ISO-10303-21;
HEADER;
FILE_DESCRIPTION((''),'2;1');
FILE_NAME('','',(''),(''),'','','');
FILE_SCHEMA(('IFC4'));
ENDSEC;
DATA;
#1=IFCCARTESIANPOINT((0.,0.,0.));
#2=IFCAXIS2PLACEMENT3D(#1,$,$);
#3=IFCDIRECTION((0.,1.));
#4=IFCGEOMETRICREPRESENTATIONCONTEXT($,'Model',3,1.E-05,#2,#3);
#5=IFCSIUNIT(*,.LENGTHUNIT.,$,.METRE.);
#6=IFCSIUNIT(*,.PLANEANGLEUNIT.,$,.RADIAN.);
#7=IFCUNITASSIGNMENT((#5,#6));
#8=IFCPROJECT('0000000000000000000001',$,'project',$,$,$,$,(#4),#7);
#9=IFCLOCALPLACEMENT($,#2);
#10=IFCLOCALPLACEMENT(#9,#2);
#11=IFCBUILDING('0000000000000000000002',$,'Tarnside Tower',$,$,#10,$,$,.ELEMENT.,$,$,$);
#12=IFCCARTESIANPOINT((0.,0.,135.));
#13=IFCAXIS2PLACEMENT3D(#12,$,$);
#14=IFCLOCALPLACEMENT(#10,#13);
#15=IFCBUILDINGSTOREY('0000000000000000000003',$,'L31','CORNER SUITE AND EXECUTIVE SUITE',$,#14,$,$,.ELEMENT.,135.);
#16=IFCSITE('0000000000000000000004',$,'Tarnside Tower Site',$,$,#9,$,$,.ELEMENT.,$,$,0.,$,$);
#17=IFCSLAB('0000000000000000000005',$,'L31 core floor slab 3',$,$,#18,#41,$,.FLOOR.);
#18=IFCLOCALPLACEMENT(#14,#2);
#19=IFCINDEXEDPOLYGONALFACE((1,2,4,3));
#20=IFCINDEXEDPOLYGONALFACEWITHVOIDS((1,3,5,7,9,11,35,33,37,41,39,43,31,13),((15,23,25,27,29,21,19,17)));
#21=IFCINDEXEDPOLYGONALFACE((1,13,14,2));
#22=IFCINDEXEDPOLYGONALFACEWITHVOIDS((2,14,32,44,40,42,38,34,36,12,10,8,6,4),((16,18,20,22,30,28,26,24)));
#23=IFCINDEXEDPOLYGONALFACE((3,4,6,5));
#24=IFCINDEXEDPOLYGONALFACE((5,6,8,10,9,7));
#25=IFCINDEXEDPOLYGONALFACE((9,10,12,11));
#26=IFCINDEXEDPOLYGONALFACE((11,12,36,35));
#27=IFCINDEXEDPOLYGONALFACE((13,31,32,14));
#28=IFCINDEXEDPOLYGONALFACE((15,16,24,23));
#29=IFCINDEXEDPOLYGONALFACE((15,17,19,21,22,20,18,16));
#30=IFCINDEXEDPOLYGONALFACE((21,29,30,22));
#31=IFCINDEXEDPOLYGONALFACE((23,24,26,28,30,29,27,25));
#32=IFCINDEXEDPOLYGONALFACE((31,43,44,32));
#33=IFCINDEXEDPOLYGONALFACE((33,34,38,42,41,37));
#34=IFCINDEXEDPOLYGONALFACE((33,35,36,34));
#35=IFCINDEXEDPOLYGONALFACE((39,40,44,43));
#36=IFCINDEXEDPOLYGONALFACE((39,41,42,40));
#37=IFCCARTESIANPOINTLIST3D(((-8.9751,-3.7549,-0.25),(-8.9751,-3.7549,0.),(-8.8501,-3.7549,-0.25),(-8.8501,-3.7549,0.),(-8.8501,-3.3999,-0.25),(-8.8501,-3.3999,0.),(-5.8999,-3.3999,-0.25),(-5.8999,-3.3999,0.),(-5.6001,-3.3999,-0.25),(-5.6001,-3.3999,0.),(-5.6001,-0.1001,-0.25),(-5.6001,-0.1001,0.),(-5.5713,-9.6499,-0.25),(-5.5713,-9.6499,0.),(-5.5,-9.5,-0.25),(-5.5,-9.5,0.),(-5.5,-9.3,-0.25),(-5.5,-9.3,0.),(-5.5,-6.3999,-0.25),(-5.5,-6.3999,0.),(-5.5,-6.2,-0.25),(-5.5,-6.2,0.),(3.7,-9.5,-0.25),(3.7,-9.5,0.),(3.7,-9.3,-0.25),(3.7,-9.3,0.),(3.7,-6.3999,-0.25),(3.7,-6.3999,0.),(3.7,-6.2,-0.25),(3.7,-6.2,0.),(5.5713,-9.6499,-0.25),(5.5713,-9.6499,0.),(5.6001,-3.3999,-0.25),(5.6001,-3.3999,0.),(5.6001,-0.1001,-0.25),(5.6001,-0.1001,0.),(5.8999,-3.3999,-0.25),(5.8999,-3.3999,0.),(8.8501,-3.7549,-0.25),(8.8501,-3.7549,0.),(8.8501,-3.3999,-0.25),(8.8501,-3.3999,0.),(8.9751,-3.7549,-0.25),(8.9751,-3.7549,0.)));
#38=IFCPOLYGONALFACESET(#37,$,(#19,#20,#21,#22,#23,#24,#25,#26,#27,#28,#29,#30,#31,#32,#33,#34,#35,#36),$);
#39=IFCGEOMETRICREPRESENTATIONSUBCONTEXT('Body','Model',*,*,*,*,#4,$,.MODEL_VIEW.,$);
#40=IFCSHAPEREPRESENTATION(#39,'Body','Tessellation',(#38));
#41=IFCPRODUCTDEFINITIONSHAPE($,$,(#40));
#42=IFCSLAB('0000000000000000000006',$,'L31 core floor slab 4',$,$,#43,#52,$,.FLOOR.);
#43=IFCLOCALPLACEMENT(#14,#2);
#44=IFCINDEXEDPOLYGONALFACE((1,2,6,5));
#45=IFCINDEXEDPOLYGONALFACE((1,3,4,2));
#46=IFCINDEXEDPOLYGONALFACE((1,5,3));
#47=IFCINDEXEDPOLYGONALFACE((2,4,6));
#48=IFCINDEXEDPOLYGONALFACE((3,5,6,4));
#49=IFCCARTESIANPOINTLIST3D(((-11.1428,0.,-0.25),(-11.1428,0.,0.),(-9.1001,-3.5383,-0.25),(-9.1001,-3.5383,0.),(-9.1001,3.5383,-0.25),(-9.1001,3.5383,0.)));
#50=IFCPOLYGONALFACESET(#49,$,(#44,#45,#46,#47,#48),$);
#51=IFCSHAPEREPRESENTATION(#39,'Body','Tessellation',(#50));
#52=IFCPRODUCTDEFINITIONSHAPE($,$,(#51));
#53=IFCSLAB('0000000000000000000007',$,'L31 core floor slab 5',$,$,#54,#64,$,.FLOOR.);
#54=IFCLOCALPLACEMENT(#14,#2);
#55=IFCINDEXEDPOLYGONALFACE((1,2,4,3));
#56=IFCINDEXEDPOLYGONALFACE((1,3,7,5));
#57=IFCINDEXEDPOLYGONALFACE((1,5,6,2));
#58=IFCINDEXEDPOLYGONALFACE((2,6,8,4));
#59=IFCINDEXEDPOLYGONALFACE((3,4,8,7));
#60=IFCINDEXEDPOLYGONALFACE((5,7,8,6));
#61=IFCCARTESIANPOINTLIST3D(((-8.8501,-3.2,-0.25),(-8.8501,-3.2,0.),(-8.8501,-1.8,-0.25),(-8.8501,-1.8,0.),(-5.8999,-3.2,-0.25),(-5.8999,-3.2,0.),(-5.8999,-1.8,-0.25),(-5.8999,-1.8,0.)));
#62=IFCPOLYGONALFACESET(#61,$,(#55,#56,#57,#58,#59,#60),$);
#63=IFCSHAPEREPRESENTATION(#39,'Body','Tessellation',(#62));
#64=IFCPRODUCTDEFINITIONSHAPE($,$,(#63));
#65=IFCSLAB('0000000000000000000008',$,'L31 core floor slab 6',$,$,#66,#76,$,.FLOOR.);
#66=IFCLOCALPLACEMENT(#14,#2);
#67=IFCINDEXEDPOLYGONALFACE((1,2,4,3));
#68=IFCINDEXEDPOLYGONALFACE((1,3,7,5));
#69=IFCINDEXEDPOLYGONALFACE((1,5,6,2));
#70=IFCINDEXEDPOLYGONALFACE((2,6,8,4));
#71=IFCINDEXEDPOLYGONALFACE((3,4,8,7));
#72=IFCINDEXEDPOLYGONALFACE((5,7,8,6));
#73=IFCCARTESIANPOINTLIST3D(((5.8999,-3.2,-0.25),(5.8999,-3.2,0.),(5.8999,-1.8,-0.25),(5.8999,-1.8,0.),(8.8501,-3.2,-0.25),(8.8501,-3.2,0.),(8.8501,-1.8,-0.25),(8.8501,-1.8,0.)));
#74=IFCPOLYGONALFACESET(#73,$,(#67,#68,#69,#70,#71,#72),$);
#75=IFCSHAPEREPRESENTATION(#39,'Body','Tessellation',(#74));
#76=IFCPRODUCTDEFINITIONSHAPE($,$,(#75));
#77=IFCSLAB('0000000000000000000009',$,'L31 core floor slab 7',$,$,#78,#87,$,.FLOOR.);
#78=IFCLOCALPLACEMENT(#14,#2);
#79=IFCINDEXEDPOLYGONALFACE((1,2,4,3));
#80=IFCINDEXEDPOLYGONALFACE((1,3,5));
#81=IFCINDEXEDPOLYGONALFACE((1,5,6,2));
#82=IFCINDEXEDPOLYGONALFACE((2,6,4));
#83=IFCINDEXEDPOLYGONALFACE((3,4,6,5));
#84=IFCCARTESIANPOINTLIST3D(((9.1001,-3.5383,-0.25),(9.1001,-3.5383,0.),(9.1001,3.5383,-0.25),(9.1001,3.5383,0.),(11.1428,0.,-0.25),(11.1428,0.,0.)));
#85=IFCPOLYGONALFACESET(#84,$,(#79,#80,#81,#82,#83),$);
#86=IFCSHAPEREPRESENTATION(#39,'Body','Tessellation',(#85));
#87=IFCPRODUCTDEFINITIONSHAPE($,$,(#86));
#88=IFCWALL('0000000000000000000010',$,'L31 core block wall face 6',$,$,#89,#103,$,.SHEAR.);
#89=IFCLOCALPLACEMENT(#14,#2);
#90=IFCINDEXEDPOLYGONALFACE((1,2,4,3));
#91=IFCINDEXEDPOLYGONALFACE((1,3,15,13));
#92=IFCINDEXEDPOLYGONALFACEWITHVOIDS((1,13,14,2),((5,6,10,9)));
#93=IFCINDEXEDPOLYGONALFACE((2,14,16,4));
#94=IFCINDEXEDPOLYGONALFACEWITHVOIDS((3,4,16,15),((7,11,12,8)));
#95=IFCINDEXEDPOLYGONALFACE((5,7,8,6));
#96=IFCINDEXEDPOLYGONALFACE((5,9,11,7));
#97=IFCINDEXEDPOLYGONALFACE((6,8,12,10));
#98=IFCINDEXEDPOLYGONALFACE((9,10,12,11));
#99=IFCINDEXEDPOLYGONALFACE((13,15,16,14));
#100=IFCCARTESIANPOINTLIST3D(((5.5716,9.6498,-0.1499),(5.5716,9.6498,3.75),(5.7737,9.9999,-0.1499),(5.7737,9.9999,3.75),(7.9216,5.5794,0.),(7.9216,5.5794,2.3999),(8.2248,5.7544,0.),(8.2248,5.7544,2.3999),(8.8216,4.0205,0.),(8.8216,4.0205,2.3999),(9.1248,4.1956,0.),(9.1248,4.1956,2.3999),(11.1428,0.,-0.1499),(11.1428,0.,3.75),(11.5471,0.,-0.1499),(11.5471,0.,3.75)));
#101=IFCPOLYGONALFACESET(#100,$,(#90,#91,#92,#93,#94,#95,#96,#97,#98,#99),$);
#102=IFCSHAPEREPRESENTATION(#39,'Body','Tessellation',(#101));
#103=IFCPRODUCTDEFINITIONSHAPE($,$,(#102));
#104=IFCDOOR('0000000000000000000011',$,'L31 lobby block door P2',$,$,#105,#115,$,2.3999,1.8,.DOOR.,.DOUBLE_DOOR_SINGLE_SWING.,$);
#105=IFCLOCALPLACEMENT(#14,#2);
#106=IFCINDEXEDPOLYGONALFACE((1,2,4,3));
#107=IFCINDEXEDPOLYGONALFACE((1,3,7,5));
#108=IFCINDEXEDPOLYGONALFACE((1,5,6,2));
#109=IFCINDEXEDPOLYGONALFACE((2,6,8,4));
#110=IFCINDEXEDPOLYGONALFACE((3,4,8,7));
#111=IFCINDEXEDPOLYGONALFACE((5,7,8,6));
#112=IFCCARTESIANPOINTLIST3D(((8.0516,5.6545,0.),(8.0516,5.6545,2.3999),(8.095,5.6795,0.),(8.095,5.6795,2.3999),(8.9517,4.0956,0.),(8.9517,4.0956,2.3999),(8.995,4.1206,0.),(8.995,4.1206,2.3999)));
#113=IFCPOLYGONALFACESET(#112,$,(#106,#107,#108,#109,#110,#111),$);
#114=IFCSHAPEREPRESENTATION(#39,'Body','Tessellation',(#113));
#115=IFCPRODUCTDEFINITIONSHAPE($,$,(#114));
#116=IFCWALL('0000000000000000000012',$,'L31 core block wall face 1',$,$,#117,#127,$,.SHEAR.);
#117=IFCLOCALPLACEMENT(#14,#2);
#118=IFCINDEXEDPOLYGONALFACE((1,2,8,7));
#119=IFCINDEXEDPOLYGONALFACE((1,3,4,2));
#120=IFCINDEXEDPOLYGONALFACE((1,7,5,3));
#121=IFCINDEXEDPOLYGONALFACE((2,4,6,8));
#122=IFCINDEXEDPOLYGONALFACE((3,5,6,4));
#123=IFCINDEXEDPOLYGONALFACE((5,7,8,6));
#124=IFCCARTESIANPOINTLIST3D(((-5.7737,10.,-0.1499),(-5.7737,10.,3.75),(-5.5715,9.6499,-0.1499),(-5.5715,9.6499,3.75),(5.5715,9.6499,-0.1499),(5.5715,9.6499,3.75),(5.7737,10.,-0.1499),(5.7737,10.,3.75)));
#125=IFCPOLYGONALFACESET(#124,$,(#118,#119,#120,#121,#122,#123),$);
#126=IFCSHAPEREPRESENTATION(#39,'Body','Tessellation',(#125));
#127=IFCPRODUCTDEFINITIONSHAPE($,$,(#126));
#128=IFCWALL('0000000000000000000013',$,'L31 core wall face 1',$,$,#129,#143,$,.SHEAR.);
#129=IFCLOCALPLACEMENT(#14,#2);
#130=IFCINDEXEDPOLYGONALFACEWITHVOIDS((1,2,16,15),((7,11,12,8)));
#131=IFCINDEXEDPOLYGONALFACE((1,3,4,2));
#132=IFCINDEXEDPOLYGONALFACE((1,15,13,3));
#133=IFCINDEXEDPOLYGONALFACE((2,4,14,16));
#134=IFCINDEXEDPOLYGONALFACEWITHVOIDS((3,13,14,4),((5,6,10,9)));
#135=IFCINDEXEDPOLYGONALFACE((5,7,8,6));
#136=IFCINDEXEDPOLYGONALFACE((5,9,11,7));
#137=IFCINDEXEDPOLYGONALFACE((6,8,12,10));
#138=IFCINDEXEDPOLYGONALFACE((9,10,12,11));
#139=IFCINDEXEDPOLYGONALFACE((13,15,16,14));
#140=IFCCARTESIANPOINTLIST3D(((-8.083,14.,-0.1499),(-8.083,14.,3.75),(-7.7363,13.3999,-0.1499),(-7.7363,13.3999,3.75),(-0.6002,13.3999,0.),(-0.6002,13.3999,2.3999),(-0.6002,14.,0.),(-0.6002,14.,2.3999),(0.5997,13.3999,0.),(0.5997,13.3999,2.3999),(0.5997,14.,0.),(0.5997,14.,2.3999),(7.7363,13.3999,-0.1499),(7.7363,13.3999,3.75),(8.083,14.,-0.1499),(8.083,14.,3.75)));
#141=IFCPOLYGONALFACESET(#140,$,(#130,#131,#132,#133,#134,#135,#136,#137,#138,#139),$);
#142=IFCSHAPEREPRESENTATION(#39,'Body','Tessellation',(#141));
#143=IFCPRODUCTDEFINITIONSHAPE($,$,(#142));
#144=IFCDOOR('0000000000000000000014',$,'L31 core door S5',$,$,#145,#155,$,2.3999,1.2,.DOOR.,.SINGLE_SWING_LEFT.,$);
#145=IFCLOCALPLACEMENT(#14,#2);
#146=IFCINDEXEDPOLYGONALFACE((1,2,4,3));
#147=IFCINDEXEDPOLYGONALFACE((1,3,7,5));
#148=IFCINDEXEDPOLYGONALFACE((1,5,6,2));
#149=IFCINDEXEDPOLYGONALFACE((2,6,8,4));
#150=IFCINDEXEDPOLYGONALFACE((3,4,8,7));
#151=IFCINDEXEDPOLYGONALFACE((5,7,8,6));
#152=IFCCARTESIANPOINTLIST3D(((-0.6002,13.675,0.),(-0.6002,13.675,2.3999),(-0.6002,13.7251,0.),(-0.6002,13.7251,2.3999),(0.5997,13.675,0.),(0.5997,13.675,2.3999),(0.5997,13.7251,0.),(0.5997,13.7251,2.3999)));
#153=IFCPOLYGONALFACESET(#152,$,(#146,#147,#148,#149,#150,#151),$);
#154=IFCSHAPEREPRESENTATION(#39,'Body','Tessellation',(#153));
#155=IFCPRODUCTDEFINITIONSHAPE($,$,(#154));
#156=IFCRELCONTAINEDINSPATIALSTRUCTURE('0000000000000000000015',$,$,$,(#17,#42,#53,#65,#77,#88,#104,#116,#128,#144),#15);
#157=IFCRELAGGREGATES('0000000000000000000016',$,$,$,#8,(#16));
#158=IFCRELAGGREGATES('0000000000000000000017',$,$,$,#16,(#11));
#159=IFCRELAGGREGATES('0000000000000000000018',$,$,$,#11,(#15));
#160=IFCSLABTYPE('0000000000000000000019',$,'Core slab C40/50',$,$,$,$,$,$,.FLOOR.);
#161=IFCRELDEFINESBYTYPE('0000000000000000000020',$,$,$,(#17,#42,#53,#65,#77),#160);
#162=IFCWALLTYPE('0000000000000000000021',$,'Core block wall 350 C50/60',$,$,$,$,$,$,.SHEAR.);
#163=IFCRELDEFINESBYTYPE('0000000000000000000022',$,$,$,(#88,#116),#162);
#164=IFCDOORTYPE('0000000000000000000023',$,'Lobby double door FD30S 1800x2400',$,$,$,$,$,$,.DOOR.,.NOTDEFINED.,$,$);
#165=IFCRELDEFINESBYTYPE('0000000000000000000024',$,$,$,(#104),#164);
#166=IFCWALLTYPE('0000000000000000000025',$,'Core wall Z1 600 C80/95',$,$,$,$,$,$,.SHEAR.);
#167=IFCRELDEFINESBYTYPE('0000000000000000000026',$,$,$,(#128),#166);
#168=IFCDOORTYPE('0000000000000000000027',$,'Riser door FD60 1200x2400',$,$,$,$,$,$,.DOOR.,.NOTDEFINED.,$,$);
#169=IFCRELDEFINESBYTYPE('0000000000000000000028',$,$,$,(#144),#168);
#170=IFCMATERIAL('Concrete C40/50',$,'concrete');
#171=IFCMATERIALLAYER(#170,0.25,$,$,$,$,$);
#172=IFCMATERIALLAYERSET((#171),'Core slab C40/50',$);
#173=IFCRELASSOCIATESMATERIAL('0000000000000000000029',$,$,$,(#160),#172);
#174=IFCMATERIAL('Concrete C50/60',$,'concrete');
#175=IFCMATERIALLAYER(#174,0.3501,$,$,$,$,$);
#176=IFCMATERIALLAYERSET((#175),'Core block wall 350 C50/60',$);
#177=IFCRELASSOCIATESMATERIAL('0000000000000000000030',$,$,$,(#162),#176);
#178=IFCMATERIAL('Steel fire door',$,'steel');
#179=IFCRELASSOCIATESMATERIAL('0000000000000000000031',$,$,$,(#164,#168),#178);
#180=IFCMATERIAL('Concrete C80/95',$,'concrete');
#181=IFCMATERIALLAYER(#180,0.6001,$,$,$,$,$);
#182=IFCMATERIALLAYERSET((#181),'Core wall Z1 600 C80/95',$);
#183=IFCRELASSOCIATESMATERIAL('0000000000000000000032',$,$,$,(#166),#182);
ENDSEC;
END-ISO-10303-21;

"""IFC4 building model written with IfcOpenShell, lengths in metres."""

from ifc_helpers import new_model, si_unit, direction, frame, frame_2d, origin, place, context, subcontext, project, spatial, polyline, rectangle, outline, extrude, material, layer, layer_set, type_object, element, fill, save


model = new_model("IFC4")

# Units and contexts
model_context = context("Model", 3, precision=1e-05, world=origin(), true_north=direction((0.0, 1.0)))
body_context = subcontext(model_context, "Body", "Model", "MODEL_VIEW")
ifc_project = project(units=[si_unit("LENGTHUNIT", "METRE"), si_unit("PLANEANGLEUNIT", "RADIAN")], contexts=[model_context])

# Site, building, storey
site_placement = place(None, origin())
site = spatial("IfcSite", under=ifc_project, at=site_placement, Name="Tarnside Tower Site", CompositionType="ELEMENT", RefElevation=0.0)
building_placement = place(site_placement, origin())
building = spatial("IfcBuilding", under=site, at=building_placement, Name="Tarnside Tower", CompositionType="ELEMENT")
storey_placement = place(building_placement, frame((0.0, 0.0, 135.0)))
storey = spatial("IfcBuildingStorey", under=building, at=storey_placement, Name="L31", Description="CORNER SUITE AND EXECUTIVE SUITE", CompositionType="ELEMENT", Elevation=135.0)

# Slabs
ifc_material_1 = material(Name="Concrete C40/50", Category="concrete")
ifc_layer_1 = layer(ifc_material_1, 0.25)
ifc_layer_set_1 = layer_set([ifc_layer_1], Name="Core slab C40/50")
slab_type = type_object("IfcSlabType", Name="Core slab C40/50", PredefinedType="FLOOR", material=ifc_layer_set_1)
slab_1_placement = place(storey_placement, frame((0.0, 0.0, -0.25)))
element("IfcSlab", 1, at=slab_1_placement, inside=storey, type_object=slab_type, Name="L31 core floor slab 3", PredefinedType="FLOOR", context=body_context, shape_type="SweptSolid", body=[
    extrude(outline(polyline([(5.6001, -3.3999), (5.8999, -3.3999), (8.8501, -3.3999), (8.8501, -3.7549), (8.9751, -3.7549), (5.5713, -9.6499), (-5.5713, -9.6499), (-8.9751, -3.7549), (-8.8501, -3.7549), (-8.8501, -3.3999), (-5.8999, -3.3999), (-5.6001, -3.3999), (-5.6001, -0.1001), (5.6001, -0.1001), (5.6001, -3.3999)]), holes=[polyline([(-5.5, -9.3), (-5.5, -9.5), (3.7, -9.5), (3.7, -9.3), (3.7, -6.3999), (3.7, -6.2), (-5.5, -6.2), (-5.5, -6.3999), (-5.5, -9.3)])]), origin(), (0.0, 0.0, 1.0), 0.25),
])
slab_2_placement = place(storey_placement, frame((0.0, 0.0, -0.25)))
element("IfcSlab", 2, at=slab_2_placement, inside=storey, type_object=slab_type, Name="L31 core floor slab 4", PredefinedType="FLOOR", context=body_context, shape_type="SweptSolid", body=[
    extrude(outline(polyline([(-11.1428, 0.0), (-9.1001, 3.5383), (-9.1001, -3.5383), (-11.1428, 0.0)])), origin(), (0.0, 0.0, 1.0), 0.25),
])
slab_3_placement = place(storey_placement, frame((0.0, 0.0, -0.25)))
element("IfcSlab", 3, at=slab_3_placement, inside=storey, type_object=slab_type, Name="L31 core floor slab 5", PredefinedType="FLOOR", context=body_context, shape_type="SweptSolid", body=[
    extrude(outline(polyline([(-8.8501, -1.8), (-5.8999, -1.8), (-5.8999, -3.2), (-8.8501, -3.2), (-8.8501, -1.8)])), origin(), (0.0, 0.0, 1.0), 0.25),
])
slab_4_placement = place(storey_placement, frame((0.0, 0.0, -0.25)))
element("IfcSlab", 4, at=slab_4_placement, inside=storey, type_object=slab_type, Name="L31 core floor slab 6", PredefinedType="FLOOR", context=body_context, shape_type="SweptSolid", body=[
    extrude(outline(polyline([(5.8999, -3.2), (5.8999, -1.8), (8.8501, -1.8), (8.8501, -3.2), (5.8999, -3.2)])), origin(), (0.0, 0.0, 1.0), 0.25),
])
slab_5_placement = place(storey_placement, frame((0.0, 0.0, -0.25)))
element("IfcSlab", 5, at=slab_5_placement, inside=storey, type_object=slab_type, Name="L31 core floor slab 7", PredefinedType="FLOOR", context=body_context, shape_type="SweptSolid", body=[
    extrude(outline(polyline([(9.1001, -3.5383), (9.1001, 3.5383), (11.1428, 0.0), (9.1001, -3.5383)])), origin(), (0.0, 0.0, 1.0), 0.25),
])

# Wall, opening, door
ifc_material_2 = material(Name="Concrete C50/60", Category="concrete")
ifc_layer_2 = layer(ifc_material_2, 0.3501)
ifc_layer_set_2 = layer_set([ifc_layer_2], Name="Core block wall 350 C50/60")
wall_type_1 = type_object("IfcWallType", Name="Core block wall 350 C50/60", PredefinedType="SHEAR", material=ifc_layer_set_2)
wall_1_placement = place(storey_placement, frame((11.345, 0.0, -0.1499), z_axis=(0.0, 0.0, 1.0), x_axis=(-0.499995, 0.866028, 0.0)))
wall_1 = element("IfcWall", 6, at=wall_1_placement, inside=storey, type_object=wall_type_1, Name="L31 core block wall face 6", PredefinedType="SHEAR", context=body_context, shape_type="SweptSolid", body=[
    extrude(outline(polyline([(-0.1011, -0.175), (11.4458, -0.175), (11.2437, 0.175), (0.1011, 0.175), (-0.1011, -0.175)])), origin(), (0.0, 0.0, 1.0), 3.8999),
])
opening_1_placement = place(wall_1_placement, frame((4.7437, 0.0, 0.1499)))
opening_1 = element("IfcOpeningElement", 7, at=opening_1_placement, cuts=wall_1, PredefinedType="OPENING", context=body_context, shape_type="SweptSolid", body=[
    extrude(rectangle(XDim=1.8, YDim=2.3999, at=frame_2d((0.8999, 1.2))), frame((0.0, 0.1851, 0.0), z_axis=(0.0, -1.0, 0.0), x_axis=(1.0, 0.0, 0.0)), (0.0, 0.0, 1.0), 0.3701),
])
ifc_material_3 = material(Name="Steel fire door", Category="steel")
door_type_1 = type_object("IfcDoorType", Name="Lobby double door FD30S 1800x2400", OperationType="NOTDEFINED", PredefinedType="DOOR", material=ifc_material_3)
door_1_placement = place(opening_1_placement, origin())
door_1 = element("IfcDoor", 8, at=door_1_placement, inside=storey, type_object=door_type_1, Name="L31 lobby block door P2", OperationType="DOUBLE_DOOR_SINGLE_SWING", OverallHeight=2.3999, OverallWidth=1.8, PredefinedType="DOOR", context=body_context, shape_type="SweptSolid", body=[
    extrude(rectangle(XDim=1.8, YDim=2.3999, at=frame_2d((0.8999, 1.2))), frame((0.0, 0.0249, 0.0), z_axis=(0.0, -1.0, 0.0), x_axis=(1.0, 0.0, 0.0)), (0.0, 0.0, 1.0), 0.05),
])
fill(opening_1, door_1)

# Wall
wall_2_placement = place(storey_placement, frame((5.6726, 9.825, -0.1499), z_axis=(0.0, 0.0, 1.0), x_axis=(-1.0, 0.0, 0.0)))
element("IfcWall", 9, at=wall_2_placement, inside=storey, type_object=wall_type_1, Name="L31 core block wall face 1", PredefinedType="SHEAR", context=body_context, shape_type="SweptSolid", body=[
    extrude(outline(polyline([(-0.1011, -0.175), (11.4463, -0.175), (11.2441, 0.175), (0.1011, 0.175), (-0.1011, -0.175)])), origin(), (0.0, 0.0, 1.0), 3.8999),
])

# Wall, opening, door
ifc_material_4 = material(Name="Concrete C80/95", Category="concrete")
ifc_layer_3 = layer(ifc_material_4, 0.6001)
ifc_layer_set_3 = layer_set([ifc_layer_3], Name="Core wall Z1 600 C80/95")
wall_type_2 = type_object("IfcWallType", Name="Core wall Z1 600 C80/95", PredefinedType="SHEAR", material=ifc_layer_set_3)
wall_3_placement = place(storey_placement, frame((7.9097, 13.7, -0.1499), z_axis=(0.0, 0.0, 1.0), x_axis=(-1.0, 0.0, 0.0)))
wall_3 = element("IfcWall", 10, at=wall_3_placement, inside=storey, type_object=wall_type_2, Name="L31 core wall face 1", PredefinedType="SHEAR", context=body_context, shape_type="SweptSolid", body=[
    extrude(outline(polyline([(-0.1733, -0.3), (15.9927, -0.3), (15.646, 0.3), (0.1733, 0.3), (-0.1733, -0.3)])), origin(), (0.0, 0.0, 1.0), 3.8999),
])
opening_2_placement = place(wall_3_placement, frame((7.3098, 0.0, 0.1499)))
opening_2 = element("IfcOpeningElement", 11, at=opening_2_placement, cuts=wall_3, PredefinedType="OPENING", context=body_context, shape_type="SweptSolid", body=[
    extrude(rectangle(XDim=1.2, YDim=2.3999, at=frame_2d((0.6001, 1.2))), frame((0.0, 0.3101, 0.0), z_axis=(0.0, -1.0, 0.0), x_axis=(1.0, 0.0, 0.0)), (0.0, 0.0, 1.0), 0.6201),
])
door_type_2 = type_object("IfcDoorType", Name="Riser door FD60 1200x2400", OperationType="NOTDEFINED", PredefinedType="DOOR", material=ifc_material_3)
door_2_placement = place(opening_2_placement, origin())
door_2 = element("IfcDoor", 12, at=door_2_placement, inside=storey, type_object=door_type_2, Name="L31 core door S5", OperationType="SINGLE_SWING_LEFT", OverallHeight=2.3999, OverallWidth=1.2, PredefinedType="DOOR", context=body_context, shape_type="SweptSolid", body=[
    extrude(rectangle(XDim=1.2, YDim=2.3999, at=frame_2d((0.6001, 1.2))), frame((0.0, 0.0249, 0.0), z_axis=(0.0, -1.0, 0.0), x_axis=(1.0, 0.0, 0.0)), (0.0, 0.0, 1.0), 0.05),
])
fill(opening_2, door_2)

save(model, "model.ifc")
